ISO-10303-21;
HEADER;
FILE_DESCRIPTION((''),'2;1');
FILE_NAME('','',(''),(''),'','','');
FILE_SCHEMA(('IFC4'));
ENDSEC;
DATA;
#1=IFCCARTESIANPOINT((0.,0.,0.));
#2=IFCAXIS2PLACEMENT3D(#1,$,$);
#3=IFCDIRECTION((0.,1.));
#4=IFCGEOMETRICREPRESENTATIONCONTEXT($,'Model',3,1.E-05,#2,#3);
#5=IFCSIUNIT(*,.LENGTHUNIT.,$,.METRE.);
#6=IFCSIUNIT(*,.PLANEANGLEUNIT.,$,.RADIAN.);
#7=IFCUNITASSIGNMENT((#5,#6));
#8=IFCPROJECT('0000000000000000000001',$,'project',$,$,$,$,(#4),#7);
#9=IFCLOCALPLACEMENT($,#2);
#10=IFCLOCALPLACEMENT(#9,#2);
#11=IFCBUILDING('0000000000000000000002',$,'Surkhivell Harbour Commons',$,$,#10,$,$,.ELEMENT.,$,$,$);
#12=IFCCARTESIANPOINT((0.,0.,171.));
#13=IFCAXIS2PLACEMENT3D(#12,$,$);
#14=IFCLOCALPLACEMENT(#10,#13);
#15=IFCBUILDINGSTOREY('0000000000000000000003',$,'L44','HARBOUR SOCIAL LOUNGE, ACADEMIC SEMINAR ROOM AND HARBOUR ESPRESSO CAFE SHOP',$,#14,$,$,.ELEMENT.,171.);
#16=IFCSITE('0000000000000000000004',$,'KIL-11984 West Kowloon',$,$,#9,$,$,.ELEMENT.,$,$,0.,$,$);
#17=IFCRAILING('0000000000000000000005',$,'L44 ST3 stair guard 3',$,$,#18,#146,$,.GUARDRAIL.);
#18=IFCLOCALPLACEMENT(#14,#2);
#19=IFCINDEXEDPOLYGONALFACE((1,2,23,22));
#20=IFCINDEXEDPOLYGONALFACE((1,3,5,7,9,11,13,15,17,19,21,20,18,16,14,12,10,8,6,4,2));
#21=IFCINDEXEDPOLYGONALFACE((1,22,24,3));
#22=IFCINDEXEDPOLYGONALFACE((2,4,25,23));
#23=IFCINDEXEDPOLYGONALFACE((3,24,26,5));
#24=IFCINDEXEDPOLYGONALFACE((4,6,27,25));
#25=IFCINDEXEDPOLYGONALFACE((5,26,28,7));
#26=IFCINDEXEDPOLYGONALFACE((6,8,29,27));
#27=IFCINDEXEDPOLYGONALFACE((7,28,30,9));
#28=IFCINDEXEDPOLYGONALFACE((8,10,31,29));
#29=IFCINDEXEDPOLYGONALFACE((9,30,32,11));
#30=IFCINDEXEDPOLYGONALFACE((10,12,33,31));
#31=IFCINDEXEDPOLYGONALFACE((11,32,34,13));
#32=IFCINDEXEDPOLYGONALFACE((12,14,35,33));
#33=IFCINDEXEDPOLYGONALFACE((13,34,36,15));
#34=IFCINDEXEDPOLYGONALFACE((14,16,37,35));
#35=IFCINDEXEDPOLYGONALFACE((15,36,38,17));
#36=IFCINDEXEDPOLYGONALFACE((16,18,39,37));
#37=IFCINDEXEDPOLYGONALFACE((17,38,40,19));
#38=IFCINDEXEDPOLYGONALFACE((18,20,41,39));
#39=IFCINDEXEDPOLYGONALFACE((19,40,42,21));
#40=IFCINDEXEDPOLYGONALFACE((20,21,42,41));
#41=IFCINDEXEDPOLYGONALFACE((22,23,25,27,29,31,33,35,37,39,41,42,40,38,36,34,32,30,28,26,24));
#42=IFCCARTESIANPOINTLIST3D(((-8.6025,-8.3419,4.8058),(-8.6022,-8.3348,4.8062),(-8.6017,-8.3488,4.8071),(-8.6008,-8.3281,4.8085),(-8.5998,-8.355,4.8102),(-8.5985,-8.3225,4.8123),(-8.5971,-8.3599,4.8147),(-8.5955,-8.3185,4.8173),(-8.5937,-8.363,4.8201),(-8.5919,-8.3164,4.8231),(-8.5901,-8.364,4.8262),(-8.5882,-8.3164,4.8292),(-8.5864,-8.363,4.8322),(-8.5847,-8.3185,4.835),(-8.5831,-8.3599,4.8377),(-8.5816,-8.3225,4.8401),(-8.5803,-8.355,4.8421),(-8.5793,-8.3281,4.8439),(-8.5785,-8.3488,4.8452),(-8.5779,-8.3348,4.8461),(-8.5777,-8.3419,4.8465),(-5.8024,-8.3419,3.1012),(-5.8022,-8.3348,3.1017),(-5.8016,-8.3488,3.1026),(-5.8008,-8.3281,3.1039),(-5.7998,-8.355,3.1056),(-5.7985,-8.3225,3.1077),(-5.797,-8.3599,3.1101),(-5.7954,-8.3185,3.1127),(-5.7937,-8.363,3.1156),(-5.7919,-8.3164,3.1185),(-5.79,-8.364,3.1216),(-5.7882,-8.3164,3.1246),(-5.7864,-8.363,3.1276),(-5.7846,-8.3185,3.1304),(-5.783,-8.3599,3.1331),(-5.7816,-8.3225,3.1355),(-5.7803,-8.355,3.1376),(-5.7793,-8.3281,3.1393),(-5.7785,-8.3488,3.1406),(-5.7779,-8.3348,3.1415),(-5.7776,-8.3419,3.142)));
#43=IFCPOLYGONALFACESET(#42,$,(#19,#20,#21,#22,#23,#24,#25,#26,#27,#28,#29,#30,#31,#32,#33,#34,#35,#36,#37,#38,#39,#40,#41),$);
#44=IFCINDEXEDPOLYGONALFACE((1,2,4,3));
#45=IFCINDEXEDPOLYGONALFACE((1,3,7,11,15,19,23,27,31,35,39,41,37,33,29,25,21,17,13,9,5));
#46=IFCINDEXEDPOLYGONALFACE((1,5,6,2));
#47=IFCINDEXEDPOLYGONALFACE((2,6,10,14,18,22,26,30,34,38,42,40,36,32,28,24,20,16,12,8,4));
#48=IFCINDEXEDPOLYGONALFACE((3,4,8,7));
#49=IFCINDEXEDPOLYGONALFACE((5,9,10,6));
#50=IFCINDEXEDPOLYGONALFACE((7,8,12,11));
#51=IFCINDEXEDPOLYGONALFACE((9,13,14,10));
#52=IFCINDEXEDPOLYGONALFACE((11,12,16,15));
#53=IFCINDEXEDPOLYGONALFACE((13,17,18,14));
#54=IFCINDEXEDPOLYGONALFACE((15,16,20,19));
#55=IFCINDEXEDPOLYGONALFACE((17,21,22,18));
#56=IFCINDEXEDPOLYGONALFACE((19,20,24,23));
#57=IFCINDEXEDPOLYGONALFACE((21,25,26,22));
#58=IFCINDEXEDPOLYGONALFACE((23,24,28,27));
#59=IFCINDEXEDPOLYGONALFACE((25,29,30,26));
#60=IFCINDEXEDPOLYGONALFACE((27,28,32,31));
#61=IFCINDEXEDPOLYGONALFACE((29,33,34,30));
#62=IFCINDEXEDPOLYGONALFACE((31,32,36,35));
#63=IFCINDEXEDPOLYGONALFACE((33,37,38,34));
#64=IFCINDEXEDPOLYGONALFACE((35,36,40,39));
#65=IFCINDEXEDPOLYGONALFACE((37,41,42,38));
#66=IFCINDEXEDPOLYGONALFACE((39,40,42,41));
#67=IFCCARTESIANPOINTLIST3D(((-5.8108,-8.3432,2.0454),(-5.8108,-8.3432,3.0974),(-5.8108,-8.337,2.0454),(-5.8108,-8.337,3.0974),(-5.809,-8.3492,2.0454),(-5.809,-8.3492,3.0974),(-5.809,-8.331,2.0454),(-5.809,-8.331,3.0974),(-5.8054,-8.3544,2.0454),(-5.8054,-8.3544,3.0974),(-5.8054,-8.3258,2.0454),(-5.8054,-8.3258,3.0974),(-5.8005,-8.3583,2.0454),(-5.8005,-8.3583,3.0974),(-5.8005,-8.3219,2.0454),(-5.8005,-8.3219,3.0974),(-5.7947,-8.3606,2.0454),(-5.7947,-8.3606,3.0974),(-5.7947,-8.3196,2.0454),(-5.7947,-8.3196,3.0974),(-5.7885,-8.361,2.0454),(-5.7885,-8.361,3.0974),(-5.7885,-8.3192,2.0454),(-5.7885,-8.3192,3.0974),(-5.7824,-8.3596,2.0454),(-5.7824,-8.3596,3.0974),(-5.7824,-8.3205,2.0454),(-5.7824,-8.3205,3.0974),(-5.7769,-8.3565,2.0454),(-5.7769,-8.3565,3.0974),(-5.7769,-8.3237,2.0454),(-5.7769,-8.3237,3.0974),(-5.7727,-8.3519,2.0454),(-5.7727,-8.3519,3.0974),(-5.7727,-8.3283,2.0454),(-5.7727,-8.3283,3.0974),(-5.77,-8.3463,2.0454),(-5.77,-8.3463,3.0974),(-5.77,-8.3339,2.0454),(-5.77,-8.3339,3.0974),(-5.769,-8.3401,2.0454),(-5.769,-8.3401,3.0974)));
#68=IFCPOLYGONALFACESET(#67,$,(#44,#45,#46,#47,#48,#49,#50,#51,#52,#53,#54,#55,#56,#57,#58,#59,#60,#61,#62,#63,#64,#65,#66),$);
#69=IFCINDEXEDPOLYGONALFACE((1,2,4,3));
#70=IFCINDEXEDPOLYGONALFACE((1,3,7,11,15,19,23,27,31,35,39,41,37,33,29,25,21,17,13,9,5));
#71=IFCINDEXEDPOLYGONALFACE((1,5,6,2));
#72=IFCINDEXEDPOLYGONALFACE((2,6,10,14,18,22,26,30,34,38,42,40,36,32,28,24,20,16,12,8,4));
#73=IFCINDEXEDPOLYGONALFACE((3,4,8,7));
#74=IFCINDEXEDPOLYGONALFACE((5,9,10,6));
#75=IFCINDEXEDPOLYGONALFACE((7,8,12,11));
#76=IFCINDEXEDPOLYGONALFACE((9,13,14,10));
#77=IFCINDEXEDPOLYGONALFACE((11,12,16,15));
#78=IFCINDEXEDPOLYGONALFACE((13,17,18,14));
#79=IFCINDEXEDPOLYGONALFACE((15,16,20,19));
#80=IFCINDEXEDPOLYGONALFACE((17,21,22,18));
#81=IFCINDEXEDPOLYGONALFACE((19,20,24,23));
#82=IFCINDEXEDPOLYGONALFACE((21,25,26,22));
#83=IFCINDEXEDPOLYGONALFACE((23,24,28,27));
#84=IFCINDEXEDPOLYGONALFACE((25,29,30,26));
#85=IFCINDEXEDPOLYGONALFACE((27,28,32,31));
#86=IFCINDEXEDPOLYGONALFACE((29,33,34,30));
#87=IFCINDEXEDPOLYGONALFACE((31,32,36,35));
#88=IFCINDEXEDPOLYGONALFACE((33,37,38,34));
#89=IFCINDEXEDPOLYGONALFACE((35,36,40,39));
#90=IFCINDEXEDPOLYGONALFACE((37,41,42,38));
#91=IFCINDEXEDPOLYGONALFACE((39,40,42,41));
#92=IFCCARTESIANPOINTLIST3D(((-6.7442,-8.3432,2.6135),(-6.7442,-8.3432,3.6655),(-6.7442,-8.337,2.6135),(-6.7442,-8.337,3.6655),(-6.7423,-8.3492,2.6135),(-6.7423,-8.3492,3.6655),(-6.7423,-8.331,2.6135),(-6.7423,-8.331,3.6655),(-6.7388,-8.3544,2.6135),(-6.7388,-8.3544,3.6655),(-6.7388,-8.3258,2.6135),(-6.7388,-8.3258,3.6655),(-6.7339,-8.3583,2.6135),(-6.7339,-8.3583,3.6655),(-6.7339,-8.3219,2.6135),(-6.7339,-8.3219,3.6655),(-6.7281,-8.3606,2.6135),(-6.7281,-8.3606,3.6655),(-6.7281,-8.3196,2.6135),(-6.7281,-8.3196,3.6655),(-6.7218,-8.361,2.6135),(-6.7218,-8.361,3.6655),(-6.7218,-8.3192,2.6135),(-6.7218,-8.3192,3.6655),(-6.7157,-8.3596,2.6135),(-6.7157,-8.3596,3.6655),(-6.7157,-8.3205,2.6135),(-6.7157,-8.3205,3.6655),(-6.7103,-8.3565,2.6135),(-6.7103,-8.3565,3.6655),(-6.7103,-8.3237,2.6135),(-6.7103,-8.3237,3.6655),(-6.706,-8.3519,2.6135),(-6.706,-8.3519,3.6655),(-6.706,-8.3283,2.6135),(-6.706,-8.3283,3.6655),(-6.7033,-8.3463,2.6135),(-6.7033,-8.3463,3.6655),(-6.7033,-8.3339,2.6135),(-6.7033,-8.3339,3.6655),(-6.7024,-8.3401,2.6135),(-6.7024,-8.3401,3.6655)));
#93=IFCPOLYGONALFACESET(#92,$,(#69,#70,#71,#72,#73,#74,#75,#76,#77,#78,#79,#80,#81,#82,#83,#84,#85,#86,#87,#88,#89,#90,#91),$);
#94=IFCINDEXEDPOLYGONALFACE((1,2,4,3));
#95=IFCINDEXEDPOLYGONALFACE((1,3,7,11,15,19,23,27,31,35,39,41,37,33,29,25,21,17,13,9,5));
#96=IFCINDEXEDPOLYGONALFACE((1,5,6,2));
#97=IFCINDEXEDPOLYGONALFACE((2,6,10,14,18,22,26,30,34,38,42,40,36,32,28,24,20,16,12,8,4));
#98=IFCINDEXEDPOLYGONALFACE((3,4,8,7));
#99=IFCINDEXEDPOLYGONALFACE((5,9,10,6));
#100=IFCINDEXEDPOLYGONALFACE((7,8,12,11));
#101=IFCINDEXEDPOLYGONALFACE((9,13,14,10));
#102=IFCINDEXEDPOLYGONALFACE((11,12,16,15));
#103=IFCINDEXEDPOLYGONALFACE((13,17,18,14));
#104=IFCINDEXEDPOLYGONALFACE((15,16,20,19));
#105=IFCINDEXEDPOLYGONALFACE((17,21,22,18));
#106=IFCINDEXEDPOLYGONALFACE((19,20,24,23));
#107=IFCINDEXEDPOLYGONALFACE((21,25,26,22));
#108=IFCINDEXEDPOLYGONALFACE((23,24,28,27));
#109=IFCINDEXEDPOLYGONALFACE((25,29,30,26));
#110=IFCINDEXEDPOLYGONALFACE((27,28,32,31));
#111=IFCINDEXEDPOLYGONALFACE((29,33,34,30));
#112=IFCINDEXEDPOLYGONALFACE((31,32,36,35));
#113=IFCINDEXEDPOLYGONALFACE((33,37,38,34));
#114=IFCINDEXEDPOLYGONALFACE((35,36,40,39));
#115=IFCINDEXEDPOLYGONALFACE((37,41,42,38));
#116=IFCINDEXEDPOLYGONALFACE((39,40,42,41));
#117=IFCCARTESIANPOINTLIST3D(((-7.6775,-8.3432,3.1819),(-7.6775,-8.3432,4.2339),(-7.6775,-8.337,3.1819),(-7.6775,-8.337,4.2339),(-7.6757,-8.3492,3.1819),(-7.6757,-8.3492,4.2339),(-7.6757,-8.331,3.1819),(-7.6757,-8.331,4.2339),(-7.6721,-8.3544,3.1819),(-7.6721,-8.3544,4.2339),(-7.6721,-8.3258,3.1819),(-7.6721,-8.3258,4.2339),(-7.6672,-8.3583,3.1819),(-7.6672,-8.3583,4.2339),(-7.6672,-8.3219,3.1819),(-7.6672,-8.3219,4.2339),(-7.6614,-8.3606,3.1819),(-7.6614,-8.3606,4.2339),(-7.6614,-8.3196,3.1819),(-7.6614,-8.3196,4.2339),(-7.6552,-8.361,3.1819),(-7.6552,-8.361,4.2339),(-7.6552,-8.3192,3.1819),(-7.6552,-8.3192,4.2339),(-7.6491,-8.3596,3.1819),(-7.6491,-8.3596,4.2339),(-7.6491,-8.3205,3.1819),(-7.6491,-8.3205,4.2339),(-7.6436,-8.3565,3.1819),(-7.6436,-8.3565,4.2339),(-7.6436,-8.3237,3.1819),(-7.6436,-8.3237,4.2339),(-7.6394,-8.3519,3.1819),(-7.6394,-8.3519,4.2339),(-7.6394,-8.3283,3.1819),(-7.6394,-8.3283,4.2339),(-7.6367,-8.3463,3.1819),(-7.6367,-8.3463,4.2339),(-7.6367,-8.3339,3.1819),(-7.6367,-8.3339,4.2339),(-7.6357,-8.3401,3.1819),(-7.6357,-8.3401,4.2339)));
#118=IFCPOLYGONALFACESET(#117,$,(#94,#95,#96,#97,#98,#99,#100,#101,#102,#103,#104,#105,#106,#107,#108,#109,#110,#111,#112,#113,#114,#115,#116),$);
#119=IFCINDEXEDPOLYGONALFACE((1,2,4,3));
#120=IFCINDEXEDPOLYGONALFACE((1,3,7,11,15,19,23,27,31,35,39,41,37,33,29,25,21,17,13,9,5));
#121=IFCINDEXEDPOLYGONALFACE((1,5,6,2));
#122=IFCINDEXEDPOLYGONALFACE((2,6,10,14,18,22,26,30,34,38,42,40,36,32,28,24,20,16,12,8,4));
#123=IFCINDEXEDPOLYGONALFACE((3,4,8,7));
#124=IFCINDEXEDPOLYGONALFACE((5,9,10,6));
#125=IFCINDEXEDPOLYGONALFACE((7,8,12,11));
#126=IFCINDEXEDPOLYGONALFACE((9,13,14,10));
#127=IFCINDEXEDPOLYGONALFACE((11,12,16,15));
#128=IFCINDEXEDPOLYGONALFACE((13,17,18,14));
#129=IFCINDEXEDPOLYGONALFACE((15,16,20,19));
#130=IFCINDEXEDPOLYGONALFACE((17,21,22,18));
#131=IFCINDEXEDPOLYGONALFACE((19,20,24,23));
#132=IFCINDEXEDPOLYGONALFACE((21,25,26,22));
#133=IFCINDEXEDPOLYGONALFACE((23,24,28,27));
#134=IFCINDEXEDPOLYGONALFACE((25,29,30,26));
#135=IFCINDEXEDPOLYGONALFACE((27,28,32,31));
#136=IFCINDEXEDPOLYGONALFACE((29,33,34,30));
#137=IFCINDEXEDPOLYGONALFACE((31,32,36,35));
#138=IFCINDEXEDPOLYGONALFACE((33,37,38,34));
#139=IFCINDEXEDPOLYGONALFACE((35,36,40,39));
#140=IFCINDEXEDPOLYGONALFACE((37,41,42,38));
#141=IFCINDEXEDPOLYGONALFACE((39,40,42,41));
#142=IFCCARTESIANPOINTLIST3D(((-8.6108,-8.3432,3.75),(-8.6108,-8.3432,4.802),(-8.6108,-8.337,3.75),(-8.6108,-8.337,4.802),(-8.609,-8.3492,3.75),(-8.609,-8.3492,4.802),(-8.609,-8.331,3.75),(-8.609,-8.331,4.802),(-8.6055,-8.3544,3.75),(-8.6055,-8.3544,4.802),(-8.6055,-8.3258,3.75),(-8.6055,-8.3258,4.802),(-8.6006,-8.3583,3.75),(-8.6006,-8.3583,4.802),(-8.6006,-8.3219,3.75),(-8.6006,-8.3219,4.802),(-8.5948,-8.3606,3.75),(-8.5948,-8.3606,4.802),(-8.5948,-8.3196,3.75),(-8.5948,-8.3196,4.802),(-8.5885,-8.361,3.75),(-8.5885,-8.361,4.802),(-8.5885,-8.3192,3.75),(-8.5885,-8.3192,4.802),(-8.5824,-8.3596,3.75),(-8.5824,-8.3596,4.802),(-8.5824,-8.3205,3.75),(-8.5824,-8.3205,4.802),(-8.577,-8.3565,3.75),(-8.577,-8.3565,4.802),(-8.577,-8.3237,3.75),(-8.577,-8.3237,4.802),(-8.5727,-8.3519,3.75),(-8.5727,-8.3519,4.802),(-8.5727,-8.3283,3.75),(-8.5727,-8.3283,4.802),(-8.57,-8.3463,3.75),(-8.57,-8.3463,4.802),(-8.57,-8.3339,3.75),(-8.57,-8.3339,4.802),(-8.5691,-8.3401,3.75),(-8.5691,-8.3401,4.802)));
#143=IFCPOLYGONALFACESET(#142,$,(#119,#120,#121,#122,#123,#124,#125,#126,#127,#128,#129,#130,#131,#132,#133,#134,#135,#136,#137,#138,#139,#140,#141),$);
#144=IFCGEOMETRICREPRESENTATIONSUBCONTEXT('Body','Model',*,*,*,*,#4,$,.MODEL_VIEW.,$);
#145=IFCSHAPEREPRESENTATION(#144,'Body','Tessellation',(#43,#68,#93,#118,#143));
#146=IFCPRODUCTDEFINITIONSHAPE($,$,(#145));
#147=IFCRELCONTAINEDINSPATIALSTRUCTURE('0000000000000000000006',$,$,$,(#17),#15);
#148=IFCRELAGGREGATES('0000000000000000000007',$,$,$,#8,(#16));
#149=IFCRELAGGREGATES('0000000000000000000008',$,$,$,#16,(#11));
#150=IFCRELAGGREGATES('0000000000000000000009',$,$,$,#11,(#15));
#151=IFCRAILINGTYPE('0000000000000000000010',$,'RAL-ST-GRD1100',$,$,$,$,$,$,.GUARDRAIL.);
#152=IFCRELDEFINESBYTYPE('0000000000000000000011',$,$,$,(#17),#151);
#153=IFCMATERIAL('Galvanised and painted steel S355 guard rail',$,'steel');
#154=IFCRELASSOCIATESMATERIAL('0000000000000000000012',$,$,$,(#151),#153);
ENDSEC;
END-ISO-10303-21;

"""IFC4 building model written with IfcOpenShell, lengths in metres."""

from ifc_helpers import new_model, si_unit, direction, frame, origin, origin_2d, place, context, subcontext, project, spatial, circle, extrude, material, type_object, element, save


model = new_model("IFC4")

# Units and contexts
model_context = context("Model", 3, precision=1e-05, world=origin(), true_north=direction((0.0, 1.0)))
body_context = subcontext(model_context, "Body", "Model", "MODEL_VIEW")
ifc_project = project(units=[si_unit("LENGTHUNIT", "METRE"), si_unit("PLANEANGLEUNIT", "RADIAN")], contexts=[model_context])

# Site, building, storey
site_placement = place(None, origin())
site = spatial("IfcSite", under=ifc_project, at=site_placement, Name="KIL-11984 West Kowloon", CompositionType="ELEMENT", RefElevation=0.0)
building_placement = place(site_placement, origin())
building = spatial("IfcBuilding", under=site, at=building_placement, Name="Surkhivell Harbour Commons", CompositionType="ELEMENT")
storey_placement = place(building_placement, frame((0.0, 0.0, 171.0)))
storey = spatial("IfcBuildingStorey", under=building, at=storey_placement, Name="L44", Description="HARBOUR SOCIAL LOUNGE, ACADEMIC SEMINAR ROOM AND HARBOUR ESPRESSO CAFE SHOP", CompositionType="ELEMENT", Elevation=171.0)

# Railing
ifc_material_1 = material(Name="Galvanised and painted steel S355 guard rail", Category="steel")
railing_type_1 = type_object("IfcRailingType", Name="RAL-ST-GRD1100", PredefinedType="GUARDRAIL", material=ifc_material_1)
railing_1_placement = place(storey_placement, frame((-5.79, -8.3401, 2.0454)))
element("IfcRailing", 1, at=railing_1_placement, inside=storey, type_object=railing_type_1, Name="L44 ST3 stair guard 3", PredefinedType="GUARDRAIL", context=body_context, shape_type="SweptSolid", body=[
    extrude(circle(Radius=0.0239, at=origin_2d()), frame((0.0, 0.0, 1.0762), z_axis=(-0.85417, 0.0, 0.519994), x_axis=(0.0, -1.0, 0.0)), (0.0, 0.0, 1.0), 3.2781),
    extrude(circle(Radius=0.021, at=origin_2d()), origin(), (0.0, 0.0, 1.0), 1.052),
    extrude(circle(Radius=0.021, at=origin_2d()), frame((-0.9333, 0.0, 0.5681)), (0.0, 0.0, 1.0), 1.052),
    extrude(circle(Radius=0.021, at=origin_2d()), frame((-1.8667, 0.0, 1.1365)), (0.0, 0.0, 1.0), 1.052),
    extrude(circle(Radius=0.021, at=origin_2d()), frame((-2.8, 0.0, 1.7046)), (0.0, 0.0, 1.0), 1.052),
])

save(model, "model.ifc")
